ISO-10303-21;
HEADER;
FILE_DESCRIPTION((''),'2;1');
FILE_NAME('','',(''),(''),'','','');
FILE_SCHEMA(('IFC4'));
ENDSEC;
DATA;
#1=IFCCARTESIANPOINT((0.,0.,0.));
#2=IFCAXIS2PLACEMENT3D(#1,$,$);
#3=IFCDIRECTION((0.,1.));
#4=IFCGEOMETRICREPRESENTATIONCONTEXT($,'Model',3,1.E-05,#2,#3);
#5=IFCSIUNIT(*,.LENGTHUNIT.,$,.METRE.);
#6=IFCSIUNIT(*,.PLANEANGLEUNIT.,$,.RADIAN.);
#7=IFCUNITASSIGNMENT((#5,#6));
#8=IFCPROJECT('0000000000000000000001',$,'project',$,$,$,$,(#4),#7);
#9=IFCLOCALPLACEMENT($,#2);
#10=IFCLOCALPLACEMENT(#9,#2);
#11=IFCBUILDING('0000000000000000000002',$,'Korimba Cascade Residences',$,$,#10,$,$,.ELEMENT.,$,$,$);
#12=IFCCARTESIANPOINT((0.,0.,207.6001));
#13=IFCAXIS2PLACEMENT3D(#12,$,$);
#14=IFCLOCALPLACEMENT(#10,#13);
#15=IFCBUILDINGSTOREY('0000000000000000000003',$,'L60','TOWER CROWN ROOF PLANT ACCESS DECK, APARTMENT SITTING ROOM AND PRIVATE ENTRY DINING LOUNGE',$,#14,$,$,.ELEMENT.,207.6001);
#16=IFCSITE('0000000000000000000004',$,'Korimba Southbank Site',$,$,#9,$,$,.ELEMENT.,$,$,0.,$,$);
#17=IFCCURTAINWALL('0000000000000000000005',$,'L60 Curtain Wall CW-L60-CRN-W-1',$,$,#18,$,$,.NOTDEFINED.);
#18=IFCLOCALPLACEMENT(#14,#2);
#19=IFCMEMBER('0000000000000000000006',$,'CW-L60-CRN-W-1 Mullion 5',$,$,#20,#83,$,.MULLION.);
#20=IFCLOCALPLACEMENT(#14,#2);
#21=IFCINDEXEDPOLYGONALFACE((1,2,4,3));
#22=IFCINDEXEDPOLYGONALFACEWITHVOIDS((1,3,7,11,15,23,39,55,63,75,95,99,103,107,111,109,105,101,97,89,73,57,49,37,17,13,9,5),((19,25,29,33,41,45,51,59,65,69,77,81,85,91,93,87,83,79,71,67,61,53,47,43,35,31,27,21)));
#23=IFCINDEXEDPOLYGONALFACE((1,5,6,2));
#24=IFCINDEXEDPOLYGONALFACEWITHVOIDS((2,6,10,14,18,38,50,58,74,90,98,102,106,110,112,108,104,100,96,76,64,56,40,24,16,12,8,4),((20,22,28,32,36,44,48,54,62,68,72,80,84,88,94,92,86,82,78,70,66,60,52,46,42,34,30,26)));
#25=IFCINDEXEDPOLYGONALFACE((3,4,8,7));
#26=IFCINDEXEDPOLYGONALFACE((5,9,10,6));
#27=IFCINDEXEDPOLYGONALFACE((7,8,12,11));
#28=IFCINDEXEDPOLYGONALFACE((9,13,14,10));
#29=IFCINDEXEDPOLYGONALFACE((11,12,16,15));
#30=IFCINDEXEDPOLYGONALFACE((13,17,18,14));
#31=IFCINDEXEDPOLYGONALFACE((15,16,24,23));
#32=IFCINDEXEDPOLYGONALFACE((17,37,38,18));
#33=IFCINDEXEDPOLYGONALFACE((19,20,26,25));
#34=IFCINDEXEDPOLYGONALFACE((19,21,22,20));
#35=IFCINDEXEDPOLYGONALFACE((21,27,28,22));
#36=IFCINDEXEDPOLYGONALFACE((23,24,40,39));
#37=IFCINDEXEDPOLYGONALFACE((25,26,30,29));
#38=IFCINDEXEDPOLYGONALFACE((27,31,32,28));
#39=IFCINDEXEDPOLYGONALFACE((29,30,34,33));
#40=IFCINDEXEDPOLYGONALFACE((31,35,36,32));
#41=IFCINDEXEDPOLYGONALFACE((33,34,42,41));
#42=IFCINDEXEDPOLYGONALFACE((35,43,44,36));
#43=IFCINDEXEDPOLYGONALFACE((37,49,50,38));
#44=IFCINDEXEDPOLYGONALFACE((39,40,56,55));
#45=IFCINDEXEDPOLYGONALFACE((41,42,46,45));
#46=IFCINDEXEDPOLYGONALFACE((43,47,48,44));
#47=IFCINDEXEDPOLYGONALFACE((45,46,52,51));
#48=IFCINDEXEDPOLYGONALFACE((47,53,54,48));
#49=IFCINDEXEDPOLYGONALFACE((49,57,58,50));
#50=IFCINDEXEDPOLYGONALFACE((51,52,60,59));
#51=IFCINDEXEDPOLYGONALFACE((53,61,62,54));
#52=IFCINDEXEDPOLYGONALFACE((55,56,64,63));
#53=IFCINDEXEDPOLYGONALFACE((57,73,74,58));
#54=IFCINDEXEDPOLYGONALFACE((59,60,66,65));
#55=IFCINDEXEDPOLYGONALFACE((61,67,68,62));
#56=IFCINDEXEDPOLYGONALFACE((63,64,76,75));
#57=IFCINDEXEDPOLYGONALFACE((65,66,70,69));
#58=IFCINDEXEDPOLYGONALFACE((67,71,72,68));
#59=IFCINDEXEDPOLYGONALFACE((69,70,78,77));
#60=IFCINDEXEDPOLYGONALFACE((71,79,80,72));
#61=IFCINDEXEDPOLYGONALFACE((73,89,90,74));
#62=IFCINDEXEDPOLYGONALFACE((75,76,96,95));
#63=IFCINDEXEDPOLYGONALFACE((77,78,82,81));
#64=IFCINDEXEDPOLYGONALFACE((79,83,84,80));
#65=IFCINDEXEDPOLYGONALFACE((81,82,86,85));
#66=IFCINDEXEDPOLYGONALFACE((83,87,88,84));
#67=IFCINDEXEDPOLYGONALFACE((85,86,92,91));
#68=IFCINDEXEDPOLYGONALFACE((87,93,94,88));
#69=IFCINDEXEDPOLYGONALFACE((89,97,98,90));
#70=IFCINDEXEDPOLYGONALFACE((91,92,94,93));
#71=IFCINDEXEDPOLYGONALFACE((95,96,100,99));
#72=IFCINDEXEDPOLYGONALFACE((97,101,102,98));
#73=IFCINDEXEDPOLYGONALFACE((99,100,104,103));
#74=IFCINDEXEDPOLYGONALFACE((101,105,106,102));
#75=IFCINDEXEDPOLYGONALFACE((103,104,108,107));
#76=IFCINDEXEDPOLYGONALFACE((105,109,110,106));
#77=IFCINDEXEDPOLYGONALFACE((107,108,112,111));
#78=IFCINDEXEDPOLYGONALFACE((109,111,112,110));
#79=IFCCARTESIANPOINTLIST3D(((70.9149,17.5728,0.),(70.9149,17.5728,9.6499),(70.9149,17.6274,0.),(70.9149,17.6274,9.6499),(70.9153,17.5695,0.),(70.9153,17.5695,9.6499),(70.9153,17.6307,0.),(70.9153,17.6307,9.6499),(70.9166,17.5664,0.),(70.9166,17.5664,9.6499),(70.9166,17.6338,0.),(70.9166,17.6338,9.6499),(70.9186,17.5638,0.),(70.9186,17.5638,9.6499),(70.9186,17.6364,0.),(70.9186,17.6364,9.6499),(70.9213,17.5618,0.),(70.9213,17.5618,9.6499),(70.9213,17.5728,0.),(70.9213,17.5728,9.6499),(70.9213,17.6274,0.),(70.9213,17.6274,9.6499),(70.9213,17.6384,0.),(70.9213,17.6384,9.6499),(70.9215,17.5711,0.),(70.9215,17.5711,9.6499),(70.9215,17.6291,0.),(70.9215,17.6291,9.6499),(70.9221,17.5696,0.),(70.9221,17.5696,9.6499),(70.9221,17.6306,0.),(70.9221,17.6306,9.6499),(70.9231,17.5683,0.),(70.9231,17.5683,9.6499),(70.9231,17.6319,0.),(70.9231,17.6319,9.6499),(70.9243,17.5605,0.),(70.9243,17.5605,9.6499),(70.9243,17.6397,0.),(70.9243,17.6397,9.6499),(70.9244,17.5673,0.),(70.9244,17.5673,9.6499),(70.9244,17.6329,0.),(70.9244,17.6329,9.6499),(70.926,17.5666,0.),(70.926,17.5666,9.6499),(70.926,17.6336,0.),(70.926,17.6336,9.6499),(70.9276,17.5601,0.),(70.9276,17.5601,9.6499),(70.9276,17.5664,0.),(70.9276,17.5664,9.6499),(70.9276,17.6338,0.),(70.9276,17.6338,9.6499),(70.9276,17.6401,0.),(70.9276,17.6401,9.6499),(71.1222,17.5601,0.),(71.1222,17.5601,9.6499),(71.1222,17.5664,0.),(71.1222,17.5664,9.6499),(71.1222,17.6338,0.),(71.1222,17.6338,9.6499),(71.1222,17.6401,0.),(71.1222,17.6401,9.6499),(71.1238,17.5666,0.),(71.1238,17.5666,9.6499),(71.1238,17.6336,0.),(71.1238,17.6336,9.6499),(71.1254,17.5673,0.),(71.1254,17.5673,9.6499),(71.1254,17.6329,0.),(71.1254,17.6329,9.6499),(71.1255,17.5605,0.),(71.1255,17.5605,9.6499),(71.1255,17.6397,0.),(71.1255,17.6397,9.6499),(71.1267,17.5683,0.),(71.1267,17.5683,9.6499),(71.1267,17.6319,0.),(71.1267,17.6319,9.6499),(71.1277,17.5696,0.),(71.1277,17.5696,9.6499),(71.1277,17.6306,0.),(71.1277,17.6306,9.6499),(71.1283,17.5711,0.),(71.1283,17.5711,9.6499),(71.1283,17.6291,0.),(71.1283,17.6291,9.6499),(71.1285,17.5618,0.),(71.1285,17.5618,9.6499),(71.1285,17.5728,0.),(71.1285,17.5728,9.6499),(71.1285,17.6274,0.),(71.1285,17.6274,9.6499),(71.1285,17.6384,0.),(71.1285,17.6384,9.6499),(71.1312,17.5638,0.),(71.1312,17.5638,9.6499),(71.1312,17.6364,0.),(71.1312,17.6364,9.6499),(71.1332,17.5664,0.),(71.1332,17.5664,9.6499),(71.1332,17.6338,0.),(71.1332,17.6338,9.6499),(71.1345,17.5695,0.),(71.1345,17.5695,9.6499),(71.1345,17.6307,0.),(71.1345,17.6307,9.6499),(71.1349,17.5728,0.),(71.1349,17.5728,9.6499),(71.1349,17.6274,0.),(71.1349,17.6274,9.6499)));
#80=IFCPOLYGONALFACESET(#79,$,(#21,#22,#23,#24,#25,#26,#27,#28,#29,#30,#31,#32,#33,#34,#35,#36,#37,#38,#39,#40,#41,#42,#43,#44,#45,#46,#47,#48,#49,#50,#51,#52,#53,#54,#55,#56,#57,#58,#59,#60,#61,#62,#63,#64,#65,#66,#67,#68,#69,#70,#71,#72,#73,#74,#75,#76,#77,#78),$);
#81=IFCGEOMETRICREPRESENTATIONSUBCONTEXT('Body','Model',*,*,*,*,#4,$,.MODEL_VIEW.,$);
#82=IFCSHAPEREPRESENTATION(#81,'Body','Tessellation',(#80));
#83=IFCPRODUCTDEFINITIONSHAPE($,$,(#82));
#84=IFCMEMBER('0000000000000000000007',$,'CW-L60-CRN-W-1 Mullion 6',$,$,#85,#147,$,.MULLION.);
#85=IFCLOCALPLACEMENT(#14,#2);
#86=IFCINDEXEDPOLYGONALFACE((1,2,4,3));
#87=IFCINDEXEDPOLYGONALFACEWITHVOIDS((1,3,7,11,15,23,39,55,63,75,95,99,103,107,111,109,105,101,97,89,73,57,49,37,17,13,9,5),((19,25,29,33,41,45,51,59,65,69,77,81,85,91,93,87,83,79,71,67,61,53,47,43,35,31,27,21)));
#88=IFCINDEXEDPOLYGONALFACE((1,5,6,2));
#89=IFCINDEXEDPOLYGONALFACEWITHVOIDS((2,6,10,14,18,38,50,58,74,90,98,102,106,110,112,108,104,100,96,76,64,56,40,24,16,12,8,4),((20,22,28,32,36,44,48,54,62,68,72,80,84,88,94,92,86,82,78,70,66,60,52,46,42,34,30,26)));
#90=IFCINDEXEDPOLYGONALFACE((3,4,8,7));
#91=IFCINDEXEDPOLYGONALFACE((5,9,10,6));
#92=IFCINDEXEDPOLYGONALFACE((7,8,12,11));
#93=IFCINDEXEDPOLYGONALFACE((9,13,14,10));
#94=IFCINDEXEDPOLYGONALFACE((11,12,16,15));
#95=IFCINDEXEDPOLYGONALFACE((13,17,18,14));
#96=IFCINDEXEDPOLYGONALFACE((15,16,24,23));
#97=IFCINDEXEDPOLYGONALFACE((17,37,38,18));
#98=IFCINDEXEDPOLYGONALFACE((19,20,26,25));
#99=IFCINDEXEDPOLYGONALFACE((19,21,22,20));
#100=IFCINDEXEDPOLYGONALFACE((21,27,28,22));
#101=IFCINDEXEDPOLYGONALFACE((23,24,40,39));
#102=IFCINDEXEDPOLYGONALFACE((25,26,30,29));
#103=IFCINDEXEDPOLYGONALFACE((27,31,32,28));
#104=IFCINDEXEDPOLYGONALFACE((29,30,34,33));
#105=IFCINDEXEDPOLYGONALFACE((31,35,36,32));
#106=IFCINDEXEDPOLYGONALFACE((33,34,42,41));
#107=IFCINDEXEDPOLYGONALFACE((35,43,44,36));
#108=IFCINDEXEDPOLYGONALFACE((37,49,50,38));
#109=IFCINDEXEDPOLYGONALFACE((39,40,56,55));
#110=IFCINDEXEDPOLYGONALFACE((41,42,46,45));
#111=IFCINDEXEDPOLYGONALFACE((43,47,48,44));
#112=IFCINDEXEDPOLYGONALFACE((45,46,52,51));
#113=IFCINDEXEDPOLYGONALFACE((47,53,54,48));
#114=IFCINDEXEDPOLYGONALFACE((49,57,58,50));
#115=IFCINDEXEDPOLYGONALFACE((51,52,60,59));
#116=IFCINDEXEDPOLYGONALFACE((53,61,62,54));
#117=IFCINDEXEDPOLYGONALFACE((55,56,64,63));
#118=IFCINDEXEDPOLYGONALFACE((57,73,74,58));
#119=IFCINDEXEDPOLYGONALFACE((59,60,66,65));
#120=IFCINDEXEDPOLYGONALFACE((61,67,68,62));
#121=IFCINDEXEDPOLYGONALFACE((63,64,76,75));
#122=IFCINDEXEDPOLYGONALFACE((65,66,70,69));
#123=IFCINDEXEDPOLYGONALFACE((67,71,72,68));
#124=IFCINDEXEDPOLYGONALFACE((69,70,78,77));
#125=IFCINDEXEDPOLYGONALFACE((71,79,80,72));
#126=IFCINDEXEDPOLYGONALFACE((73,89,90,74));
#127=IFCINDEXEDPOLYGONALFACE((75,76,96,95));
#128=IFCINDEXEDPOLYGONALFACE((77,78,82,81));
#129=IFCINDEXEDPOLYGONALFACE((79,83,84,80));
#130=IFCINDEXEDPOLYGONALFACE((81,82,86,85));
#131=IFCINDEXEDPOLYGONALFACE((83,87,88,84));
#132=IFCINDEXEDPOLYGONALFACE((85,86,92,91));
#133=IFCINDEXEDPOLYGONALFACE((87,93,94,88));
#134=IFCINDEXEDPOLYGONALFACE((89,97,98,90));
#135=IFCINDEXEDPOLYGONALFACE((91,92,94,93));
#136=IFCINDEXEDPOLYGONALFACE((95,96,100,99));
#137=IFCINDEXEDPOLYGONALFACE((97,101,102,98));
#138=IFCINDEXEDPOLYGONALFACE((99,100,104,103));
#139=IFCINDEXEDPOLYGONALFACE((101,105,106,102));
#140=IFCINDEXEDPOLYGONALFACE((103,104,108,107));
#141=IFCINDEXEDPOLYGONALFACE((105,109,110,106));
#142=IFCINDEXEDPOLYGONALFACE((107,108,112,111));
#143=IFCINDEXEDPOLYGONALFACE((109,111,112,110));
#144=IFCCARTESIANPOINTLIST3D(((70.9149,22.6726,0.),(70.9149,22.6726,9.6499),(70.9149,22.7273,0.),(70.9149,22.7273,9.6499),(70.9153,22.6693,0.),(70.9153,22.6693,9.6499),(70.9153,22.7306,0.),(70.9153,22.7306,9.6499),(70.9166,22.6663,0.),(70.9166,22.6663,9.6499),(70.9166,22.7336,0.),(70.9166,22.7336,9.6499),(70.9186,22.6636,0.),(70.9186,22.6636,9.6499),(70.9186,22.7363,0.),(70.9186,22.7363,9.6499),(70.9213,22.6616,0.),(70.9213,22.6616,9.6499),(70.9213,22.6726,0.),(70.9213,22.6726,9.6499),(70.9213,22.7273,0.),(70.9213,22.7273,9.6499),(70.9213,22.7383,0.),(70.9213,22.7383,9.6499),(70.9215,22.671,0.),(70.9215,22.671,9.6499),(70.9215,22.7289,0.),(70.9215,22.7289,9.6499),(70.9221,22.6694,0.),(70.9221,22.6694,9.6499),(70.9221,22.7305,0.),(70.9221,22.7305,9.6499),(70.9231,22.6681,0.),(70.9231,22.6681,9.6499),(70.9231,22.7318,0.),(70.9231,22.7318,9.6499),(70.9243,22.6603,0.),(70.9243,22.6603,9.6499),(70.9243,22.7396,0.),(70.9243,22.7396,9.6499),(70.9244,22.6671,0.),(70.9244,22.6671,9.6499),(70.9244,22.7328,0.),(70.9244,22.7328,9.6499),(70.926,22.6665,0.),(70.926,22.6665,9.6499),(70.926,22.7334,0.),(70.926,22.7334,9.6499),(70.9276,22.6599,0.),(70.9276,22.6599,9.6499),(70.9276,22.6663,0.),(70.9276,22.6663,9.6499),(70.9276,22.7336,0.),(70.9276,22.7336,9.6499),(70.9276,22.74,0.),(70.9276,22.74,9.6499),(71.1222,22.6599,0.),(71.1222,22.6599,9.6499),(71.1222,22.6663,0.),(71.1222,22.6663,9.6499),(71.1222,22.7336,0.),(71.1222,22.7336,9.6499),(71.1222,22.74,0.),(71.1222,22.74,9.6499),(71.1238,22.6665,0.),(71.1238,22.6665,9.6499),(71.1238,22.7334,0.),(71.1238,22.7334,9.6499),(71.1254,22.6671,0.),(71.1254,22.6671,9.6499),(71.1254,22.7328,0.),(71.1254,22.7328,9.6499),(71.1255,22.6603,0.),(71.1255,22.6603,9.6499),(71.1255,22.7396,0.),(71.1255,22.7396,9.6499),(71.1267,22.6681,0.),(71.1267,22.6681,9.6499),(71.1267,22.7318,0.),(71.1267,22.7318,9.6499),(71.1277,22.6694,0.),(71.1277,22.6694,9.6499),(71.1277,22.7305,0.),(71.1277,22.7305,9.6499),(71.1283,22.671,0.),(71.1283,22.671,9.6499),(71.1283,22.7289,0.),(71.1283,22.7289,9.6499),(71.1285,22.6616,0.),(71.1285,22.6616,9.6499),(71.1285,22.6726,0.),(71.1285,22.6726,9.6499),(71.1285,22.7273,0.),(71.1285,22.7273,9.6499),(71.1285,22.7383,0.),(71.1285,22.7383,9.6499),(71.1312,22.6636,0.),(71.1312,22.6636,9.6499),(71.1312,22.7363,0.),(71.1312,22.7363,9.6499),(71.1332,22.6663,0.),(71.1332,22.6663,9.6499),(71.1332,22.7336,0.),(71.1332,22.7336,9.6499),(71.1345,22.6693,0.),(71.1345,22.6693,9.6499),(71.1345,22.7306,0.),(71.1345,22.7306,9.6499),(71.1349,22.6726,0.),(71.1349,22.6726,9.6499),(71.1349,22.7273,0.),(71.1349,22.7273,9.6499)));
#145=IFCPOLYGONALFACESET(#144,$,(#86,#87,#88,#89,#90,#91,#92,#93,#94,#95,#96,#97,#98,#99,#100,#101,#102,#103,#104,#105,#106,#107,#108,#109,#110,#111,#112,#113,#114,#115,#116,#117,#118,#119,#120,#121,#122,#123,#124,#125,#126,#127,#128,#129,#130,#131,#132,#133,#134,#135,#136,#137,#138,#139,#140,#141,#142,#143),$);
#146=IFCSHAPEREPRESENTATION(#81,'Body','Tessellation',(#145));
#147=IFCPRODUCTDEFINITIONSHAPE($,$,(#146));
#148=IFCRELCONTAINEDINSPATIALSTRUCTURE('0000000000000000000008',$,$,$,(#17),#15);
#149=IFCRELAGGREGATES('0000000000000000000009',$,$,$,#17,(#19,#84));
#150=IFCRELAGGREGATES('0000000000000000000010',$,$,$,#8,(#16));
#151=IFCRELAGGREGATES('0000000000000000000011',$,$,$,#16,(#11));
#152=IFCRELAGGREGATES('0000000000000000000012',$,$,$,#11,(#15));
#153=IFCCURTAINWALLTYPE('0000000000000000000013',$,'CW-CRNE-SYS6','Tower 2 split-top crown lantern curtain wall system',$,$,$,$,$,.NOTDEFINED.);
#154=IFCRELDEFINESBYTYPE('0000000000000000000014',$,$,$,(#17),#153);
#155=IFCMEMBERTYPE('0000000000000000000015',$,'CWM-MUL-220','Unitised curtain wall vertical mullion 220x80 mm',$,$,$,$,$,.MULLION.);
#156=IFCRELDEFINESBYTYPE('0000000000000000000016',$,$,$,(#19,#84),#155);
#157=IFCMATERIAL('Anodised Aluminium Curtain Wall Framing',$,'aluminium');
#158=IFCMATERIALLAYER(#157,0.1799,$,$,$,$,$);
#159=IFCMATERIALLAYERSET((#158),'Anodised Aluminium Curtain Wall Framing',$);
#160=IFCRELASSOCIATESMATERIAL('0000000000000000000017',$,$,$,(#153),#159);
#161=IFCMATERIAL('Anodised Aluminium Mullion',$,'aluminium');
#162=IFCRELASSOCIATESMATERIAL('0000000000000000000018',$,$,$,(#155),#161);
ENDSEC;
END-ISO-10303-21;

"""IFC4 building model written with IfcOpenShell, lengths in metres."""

from ifc_helpers import new_model, si_unit, direction, frame, origin, origin_2d, place, context, subcontext, project, spatial, hollow_rectangle, extrude, material, layer, layer_set, material_profile, profile_set, type_object, element, aggregate, save


model = new_model("IFC4")

# Units and contexts
model_context = context("Model", 3, precision=1e-05, world=origin(), true_north=direction((0.0, 1.0)))
body_context = subcontext(model_context, "Body", "Model", "MODEL_VIEW")
ifc_project = project(units=[si_unit("LENGTHUNIT", "METRE"), si_unit("PLANEANGLEUNIT", "RADIAN")], contexts=[model_context])

# Site, building, storey
site_placement = place(None, origin())
site = spatial("IfcSite", under=ifc_project, at=site_placement, Name="Korimba Southbank Site", CompositionType="ELEMENT", RefElevation=0.0)
building_placement = place(site_placement, origin())
building = spatial("IfcBuilding", under=site, at=building_placement, Name="Korimba Cascade Residences", CompositionType="ELEMENT")
storey_placement = place(building_placement, frame((0.0, 0.0, 207.6001)))
storey = spatial("IfcBuildingStorey", under=building, at=storey_placement, Name="L60", Description="TOWER CROWN ROOF PLANT ACCESS DECK, APARTMENT SITTING ROOM AND PRIVATE ENTRY DINING LOUNGE", CompositionType="ELEMENT", Elevation=207.6001)

# Curtain wall, members
ifc_material_1 = material(Name="Anodised Aluminium Curtain Wall Framing", Category="aluminium")
ifc_layer_1 = layer(ifc_material_1, 0.1799)
ifc_layer_set_1 = layer_set([ifc_layer_1], Name="Anodised Aluminium Curtain Wall Framing")
curtain_wall_type = type_object("IfcCurtainWallType", Name="CW-CRNE-SYS6", Description="Tower 2 split-top crown lantern curtain wall system", PredefinedType="NOTDEFINED", material=ifc_layer_set_1)
curtain_wall_placement = place(storey_placement, origin())
curtain_wall = element("IfcCurtainWall", 1, at=curtain_wall_placement, inside=storey, type_object=curtain_wall_type, Name="L60 Curtain Wall CW-L60-CRN-W-1", PredefinedType="NOTDEFINED")
ifc_material_2 = material(Name="Anodised Aluminium Mullion", Category="aluminium")
ifc_material_profile_1 = material_profile(ifc_material_2, hollow_rectangle(XDim=0.0801, YDim=0.22, WallThickness=0.0063, InnerFilletRadius=0.0063, OuterFilletRadius=0.0127, at=origin_2d()), Name="Anodised Aluminium Mullion")
ifc_profile_set_1 = profile_set([ifc_material_profile_1], Name="Anodised Aluminium Mullion")
member_type_1 = type_object("IfcMemberType", Name="CWM-MUL-220", Description="Unitised curtain wall vertical mullion 220x80 mm", PredefinedType="MULLION", material=ifc_profile_set_1)
member_1_placement = place(storey_placement, frame((71.0249, 17.6001, 0.0), z_axis=(0.0, 0.0, 1.0), x_axis=(0.0, 1.0, 0.0)))
member_1 = element("IfcMember", 2, at=member_1_placement, type_object=member_type_1, Name="CW-L60-CRN-W-1 Mullion 5", PredefinedType="MULLION", context=body_context, shape_type="SweptSolid", body=[
    extrude(hollow_rectangle(XDim=0.0801, YDim=0.22, WallThickness=0.0063, InnerFilletRadius=0.0063, OuterFilletRadius=0.0127, at=origin_2d()), origin(), (0.0, 0.0, 1.0), 9.6499),
])
member_2_placement = place(storey_placement, frame((71.0249, 22.7, 0.0), z_axis=(0.0, 0.0, 1.0), x_axis=(0.0, 1.0, 0.0)))
member_2 = element("IfcMember", 3, at=member_2_placement, type_object=member_type_1, Name="CW-L60-CRN-W-1 Mullion 6", PredefinedType="MULLION", context=body_context, shape_type="SweptSolid", body=[
    extrude(hollow_rectangle(XDim=0.0801, YDim=0.22, WallThickness=0.0063, InnerFilletRadius=0.0063, OuterFilletRadius=0.0127, at=origin_2d()), origin(), (0.0, 0.0, 1.0), 9.6499),
])
aggregate(curtain_wall, [member_1, member_2])

save(model, "model.ifc")
